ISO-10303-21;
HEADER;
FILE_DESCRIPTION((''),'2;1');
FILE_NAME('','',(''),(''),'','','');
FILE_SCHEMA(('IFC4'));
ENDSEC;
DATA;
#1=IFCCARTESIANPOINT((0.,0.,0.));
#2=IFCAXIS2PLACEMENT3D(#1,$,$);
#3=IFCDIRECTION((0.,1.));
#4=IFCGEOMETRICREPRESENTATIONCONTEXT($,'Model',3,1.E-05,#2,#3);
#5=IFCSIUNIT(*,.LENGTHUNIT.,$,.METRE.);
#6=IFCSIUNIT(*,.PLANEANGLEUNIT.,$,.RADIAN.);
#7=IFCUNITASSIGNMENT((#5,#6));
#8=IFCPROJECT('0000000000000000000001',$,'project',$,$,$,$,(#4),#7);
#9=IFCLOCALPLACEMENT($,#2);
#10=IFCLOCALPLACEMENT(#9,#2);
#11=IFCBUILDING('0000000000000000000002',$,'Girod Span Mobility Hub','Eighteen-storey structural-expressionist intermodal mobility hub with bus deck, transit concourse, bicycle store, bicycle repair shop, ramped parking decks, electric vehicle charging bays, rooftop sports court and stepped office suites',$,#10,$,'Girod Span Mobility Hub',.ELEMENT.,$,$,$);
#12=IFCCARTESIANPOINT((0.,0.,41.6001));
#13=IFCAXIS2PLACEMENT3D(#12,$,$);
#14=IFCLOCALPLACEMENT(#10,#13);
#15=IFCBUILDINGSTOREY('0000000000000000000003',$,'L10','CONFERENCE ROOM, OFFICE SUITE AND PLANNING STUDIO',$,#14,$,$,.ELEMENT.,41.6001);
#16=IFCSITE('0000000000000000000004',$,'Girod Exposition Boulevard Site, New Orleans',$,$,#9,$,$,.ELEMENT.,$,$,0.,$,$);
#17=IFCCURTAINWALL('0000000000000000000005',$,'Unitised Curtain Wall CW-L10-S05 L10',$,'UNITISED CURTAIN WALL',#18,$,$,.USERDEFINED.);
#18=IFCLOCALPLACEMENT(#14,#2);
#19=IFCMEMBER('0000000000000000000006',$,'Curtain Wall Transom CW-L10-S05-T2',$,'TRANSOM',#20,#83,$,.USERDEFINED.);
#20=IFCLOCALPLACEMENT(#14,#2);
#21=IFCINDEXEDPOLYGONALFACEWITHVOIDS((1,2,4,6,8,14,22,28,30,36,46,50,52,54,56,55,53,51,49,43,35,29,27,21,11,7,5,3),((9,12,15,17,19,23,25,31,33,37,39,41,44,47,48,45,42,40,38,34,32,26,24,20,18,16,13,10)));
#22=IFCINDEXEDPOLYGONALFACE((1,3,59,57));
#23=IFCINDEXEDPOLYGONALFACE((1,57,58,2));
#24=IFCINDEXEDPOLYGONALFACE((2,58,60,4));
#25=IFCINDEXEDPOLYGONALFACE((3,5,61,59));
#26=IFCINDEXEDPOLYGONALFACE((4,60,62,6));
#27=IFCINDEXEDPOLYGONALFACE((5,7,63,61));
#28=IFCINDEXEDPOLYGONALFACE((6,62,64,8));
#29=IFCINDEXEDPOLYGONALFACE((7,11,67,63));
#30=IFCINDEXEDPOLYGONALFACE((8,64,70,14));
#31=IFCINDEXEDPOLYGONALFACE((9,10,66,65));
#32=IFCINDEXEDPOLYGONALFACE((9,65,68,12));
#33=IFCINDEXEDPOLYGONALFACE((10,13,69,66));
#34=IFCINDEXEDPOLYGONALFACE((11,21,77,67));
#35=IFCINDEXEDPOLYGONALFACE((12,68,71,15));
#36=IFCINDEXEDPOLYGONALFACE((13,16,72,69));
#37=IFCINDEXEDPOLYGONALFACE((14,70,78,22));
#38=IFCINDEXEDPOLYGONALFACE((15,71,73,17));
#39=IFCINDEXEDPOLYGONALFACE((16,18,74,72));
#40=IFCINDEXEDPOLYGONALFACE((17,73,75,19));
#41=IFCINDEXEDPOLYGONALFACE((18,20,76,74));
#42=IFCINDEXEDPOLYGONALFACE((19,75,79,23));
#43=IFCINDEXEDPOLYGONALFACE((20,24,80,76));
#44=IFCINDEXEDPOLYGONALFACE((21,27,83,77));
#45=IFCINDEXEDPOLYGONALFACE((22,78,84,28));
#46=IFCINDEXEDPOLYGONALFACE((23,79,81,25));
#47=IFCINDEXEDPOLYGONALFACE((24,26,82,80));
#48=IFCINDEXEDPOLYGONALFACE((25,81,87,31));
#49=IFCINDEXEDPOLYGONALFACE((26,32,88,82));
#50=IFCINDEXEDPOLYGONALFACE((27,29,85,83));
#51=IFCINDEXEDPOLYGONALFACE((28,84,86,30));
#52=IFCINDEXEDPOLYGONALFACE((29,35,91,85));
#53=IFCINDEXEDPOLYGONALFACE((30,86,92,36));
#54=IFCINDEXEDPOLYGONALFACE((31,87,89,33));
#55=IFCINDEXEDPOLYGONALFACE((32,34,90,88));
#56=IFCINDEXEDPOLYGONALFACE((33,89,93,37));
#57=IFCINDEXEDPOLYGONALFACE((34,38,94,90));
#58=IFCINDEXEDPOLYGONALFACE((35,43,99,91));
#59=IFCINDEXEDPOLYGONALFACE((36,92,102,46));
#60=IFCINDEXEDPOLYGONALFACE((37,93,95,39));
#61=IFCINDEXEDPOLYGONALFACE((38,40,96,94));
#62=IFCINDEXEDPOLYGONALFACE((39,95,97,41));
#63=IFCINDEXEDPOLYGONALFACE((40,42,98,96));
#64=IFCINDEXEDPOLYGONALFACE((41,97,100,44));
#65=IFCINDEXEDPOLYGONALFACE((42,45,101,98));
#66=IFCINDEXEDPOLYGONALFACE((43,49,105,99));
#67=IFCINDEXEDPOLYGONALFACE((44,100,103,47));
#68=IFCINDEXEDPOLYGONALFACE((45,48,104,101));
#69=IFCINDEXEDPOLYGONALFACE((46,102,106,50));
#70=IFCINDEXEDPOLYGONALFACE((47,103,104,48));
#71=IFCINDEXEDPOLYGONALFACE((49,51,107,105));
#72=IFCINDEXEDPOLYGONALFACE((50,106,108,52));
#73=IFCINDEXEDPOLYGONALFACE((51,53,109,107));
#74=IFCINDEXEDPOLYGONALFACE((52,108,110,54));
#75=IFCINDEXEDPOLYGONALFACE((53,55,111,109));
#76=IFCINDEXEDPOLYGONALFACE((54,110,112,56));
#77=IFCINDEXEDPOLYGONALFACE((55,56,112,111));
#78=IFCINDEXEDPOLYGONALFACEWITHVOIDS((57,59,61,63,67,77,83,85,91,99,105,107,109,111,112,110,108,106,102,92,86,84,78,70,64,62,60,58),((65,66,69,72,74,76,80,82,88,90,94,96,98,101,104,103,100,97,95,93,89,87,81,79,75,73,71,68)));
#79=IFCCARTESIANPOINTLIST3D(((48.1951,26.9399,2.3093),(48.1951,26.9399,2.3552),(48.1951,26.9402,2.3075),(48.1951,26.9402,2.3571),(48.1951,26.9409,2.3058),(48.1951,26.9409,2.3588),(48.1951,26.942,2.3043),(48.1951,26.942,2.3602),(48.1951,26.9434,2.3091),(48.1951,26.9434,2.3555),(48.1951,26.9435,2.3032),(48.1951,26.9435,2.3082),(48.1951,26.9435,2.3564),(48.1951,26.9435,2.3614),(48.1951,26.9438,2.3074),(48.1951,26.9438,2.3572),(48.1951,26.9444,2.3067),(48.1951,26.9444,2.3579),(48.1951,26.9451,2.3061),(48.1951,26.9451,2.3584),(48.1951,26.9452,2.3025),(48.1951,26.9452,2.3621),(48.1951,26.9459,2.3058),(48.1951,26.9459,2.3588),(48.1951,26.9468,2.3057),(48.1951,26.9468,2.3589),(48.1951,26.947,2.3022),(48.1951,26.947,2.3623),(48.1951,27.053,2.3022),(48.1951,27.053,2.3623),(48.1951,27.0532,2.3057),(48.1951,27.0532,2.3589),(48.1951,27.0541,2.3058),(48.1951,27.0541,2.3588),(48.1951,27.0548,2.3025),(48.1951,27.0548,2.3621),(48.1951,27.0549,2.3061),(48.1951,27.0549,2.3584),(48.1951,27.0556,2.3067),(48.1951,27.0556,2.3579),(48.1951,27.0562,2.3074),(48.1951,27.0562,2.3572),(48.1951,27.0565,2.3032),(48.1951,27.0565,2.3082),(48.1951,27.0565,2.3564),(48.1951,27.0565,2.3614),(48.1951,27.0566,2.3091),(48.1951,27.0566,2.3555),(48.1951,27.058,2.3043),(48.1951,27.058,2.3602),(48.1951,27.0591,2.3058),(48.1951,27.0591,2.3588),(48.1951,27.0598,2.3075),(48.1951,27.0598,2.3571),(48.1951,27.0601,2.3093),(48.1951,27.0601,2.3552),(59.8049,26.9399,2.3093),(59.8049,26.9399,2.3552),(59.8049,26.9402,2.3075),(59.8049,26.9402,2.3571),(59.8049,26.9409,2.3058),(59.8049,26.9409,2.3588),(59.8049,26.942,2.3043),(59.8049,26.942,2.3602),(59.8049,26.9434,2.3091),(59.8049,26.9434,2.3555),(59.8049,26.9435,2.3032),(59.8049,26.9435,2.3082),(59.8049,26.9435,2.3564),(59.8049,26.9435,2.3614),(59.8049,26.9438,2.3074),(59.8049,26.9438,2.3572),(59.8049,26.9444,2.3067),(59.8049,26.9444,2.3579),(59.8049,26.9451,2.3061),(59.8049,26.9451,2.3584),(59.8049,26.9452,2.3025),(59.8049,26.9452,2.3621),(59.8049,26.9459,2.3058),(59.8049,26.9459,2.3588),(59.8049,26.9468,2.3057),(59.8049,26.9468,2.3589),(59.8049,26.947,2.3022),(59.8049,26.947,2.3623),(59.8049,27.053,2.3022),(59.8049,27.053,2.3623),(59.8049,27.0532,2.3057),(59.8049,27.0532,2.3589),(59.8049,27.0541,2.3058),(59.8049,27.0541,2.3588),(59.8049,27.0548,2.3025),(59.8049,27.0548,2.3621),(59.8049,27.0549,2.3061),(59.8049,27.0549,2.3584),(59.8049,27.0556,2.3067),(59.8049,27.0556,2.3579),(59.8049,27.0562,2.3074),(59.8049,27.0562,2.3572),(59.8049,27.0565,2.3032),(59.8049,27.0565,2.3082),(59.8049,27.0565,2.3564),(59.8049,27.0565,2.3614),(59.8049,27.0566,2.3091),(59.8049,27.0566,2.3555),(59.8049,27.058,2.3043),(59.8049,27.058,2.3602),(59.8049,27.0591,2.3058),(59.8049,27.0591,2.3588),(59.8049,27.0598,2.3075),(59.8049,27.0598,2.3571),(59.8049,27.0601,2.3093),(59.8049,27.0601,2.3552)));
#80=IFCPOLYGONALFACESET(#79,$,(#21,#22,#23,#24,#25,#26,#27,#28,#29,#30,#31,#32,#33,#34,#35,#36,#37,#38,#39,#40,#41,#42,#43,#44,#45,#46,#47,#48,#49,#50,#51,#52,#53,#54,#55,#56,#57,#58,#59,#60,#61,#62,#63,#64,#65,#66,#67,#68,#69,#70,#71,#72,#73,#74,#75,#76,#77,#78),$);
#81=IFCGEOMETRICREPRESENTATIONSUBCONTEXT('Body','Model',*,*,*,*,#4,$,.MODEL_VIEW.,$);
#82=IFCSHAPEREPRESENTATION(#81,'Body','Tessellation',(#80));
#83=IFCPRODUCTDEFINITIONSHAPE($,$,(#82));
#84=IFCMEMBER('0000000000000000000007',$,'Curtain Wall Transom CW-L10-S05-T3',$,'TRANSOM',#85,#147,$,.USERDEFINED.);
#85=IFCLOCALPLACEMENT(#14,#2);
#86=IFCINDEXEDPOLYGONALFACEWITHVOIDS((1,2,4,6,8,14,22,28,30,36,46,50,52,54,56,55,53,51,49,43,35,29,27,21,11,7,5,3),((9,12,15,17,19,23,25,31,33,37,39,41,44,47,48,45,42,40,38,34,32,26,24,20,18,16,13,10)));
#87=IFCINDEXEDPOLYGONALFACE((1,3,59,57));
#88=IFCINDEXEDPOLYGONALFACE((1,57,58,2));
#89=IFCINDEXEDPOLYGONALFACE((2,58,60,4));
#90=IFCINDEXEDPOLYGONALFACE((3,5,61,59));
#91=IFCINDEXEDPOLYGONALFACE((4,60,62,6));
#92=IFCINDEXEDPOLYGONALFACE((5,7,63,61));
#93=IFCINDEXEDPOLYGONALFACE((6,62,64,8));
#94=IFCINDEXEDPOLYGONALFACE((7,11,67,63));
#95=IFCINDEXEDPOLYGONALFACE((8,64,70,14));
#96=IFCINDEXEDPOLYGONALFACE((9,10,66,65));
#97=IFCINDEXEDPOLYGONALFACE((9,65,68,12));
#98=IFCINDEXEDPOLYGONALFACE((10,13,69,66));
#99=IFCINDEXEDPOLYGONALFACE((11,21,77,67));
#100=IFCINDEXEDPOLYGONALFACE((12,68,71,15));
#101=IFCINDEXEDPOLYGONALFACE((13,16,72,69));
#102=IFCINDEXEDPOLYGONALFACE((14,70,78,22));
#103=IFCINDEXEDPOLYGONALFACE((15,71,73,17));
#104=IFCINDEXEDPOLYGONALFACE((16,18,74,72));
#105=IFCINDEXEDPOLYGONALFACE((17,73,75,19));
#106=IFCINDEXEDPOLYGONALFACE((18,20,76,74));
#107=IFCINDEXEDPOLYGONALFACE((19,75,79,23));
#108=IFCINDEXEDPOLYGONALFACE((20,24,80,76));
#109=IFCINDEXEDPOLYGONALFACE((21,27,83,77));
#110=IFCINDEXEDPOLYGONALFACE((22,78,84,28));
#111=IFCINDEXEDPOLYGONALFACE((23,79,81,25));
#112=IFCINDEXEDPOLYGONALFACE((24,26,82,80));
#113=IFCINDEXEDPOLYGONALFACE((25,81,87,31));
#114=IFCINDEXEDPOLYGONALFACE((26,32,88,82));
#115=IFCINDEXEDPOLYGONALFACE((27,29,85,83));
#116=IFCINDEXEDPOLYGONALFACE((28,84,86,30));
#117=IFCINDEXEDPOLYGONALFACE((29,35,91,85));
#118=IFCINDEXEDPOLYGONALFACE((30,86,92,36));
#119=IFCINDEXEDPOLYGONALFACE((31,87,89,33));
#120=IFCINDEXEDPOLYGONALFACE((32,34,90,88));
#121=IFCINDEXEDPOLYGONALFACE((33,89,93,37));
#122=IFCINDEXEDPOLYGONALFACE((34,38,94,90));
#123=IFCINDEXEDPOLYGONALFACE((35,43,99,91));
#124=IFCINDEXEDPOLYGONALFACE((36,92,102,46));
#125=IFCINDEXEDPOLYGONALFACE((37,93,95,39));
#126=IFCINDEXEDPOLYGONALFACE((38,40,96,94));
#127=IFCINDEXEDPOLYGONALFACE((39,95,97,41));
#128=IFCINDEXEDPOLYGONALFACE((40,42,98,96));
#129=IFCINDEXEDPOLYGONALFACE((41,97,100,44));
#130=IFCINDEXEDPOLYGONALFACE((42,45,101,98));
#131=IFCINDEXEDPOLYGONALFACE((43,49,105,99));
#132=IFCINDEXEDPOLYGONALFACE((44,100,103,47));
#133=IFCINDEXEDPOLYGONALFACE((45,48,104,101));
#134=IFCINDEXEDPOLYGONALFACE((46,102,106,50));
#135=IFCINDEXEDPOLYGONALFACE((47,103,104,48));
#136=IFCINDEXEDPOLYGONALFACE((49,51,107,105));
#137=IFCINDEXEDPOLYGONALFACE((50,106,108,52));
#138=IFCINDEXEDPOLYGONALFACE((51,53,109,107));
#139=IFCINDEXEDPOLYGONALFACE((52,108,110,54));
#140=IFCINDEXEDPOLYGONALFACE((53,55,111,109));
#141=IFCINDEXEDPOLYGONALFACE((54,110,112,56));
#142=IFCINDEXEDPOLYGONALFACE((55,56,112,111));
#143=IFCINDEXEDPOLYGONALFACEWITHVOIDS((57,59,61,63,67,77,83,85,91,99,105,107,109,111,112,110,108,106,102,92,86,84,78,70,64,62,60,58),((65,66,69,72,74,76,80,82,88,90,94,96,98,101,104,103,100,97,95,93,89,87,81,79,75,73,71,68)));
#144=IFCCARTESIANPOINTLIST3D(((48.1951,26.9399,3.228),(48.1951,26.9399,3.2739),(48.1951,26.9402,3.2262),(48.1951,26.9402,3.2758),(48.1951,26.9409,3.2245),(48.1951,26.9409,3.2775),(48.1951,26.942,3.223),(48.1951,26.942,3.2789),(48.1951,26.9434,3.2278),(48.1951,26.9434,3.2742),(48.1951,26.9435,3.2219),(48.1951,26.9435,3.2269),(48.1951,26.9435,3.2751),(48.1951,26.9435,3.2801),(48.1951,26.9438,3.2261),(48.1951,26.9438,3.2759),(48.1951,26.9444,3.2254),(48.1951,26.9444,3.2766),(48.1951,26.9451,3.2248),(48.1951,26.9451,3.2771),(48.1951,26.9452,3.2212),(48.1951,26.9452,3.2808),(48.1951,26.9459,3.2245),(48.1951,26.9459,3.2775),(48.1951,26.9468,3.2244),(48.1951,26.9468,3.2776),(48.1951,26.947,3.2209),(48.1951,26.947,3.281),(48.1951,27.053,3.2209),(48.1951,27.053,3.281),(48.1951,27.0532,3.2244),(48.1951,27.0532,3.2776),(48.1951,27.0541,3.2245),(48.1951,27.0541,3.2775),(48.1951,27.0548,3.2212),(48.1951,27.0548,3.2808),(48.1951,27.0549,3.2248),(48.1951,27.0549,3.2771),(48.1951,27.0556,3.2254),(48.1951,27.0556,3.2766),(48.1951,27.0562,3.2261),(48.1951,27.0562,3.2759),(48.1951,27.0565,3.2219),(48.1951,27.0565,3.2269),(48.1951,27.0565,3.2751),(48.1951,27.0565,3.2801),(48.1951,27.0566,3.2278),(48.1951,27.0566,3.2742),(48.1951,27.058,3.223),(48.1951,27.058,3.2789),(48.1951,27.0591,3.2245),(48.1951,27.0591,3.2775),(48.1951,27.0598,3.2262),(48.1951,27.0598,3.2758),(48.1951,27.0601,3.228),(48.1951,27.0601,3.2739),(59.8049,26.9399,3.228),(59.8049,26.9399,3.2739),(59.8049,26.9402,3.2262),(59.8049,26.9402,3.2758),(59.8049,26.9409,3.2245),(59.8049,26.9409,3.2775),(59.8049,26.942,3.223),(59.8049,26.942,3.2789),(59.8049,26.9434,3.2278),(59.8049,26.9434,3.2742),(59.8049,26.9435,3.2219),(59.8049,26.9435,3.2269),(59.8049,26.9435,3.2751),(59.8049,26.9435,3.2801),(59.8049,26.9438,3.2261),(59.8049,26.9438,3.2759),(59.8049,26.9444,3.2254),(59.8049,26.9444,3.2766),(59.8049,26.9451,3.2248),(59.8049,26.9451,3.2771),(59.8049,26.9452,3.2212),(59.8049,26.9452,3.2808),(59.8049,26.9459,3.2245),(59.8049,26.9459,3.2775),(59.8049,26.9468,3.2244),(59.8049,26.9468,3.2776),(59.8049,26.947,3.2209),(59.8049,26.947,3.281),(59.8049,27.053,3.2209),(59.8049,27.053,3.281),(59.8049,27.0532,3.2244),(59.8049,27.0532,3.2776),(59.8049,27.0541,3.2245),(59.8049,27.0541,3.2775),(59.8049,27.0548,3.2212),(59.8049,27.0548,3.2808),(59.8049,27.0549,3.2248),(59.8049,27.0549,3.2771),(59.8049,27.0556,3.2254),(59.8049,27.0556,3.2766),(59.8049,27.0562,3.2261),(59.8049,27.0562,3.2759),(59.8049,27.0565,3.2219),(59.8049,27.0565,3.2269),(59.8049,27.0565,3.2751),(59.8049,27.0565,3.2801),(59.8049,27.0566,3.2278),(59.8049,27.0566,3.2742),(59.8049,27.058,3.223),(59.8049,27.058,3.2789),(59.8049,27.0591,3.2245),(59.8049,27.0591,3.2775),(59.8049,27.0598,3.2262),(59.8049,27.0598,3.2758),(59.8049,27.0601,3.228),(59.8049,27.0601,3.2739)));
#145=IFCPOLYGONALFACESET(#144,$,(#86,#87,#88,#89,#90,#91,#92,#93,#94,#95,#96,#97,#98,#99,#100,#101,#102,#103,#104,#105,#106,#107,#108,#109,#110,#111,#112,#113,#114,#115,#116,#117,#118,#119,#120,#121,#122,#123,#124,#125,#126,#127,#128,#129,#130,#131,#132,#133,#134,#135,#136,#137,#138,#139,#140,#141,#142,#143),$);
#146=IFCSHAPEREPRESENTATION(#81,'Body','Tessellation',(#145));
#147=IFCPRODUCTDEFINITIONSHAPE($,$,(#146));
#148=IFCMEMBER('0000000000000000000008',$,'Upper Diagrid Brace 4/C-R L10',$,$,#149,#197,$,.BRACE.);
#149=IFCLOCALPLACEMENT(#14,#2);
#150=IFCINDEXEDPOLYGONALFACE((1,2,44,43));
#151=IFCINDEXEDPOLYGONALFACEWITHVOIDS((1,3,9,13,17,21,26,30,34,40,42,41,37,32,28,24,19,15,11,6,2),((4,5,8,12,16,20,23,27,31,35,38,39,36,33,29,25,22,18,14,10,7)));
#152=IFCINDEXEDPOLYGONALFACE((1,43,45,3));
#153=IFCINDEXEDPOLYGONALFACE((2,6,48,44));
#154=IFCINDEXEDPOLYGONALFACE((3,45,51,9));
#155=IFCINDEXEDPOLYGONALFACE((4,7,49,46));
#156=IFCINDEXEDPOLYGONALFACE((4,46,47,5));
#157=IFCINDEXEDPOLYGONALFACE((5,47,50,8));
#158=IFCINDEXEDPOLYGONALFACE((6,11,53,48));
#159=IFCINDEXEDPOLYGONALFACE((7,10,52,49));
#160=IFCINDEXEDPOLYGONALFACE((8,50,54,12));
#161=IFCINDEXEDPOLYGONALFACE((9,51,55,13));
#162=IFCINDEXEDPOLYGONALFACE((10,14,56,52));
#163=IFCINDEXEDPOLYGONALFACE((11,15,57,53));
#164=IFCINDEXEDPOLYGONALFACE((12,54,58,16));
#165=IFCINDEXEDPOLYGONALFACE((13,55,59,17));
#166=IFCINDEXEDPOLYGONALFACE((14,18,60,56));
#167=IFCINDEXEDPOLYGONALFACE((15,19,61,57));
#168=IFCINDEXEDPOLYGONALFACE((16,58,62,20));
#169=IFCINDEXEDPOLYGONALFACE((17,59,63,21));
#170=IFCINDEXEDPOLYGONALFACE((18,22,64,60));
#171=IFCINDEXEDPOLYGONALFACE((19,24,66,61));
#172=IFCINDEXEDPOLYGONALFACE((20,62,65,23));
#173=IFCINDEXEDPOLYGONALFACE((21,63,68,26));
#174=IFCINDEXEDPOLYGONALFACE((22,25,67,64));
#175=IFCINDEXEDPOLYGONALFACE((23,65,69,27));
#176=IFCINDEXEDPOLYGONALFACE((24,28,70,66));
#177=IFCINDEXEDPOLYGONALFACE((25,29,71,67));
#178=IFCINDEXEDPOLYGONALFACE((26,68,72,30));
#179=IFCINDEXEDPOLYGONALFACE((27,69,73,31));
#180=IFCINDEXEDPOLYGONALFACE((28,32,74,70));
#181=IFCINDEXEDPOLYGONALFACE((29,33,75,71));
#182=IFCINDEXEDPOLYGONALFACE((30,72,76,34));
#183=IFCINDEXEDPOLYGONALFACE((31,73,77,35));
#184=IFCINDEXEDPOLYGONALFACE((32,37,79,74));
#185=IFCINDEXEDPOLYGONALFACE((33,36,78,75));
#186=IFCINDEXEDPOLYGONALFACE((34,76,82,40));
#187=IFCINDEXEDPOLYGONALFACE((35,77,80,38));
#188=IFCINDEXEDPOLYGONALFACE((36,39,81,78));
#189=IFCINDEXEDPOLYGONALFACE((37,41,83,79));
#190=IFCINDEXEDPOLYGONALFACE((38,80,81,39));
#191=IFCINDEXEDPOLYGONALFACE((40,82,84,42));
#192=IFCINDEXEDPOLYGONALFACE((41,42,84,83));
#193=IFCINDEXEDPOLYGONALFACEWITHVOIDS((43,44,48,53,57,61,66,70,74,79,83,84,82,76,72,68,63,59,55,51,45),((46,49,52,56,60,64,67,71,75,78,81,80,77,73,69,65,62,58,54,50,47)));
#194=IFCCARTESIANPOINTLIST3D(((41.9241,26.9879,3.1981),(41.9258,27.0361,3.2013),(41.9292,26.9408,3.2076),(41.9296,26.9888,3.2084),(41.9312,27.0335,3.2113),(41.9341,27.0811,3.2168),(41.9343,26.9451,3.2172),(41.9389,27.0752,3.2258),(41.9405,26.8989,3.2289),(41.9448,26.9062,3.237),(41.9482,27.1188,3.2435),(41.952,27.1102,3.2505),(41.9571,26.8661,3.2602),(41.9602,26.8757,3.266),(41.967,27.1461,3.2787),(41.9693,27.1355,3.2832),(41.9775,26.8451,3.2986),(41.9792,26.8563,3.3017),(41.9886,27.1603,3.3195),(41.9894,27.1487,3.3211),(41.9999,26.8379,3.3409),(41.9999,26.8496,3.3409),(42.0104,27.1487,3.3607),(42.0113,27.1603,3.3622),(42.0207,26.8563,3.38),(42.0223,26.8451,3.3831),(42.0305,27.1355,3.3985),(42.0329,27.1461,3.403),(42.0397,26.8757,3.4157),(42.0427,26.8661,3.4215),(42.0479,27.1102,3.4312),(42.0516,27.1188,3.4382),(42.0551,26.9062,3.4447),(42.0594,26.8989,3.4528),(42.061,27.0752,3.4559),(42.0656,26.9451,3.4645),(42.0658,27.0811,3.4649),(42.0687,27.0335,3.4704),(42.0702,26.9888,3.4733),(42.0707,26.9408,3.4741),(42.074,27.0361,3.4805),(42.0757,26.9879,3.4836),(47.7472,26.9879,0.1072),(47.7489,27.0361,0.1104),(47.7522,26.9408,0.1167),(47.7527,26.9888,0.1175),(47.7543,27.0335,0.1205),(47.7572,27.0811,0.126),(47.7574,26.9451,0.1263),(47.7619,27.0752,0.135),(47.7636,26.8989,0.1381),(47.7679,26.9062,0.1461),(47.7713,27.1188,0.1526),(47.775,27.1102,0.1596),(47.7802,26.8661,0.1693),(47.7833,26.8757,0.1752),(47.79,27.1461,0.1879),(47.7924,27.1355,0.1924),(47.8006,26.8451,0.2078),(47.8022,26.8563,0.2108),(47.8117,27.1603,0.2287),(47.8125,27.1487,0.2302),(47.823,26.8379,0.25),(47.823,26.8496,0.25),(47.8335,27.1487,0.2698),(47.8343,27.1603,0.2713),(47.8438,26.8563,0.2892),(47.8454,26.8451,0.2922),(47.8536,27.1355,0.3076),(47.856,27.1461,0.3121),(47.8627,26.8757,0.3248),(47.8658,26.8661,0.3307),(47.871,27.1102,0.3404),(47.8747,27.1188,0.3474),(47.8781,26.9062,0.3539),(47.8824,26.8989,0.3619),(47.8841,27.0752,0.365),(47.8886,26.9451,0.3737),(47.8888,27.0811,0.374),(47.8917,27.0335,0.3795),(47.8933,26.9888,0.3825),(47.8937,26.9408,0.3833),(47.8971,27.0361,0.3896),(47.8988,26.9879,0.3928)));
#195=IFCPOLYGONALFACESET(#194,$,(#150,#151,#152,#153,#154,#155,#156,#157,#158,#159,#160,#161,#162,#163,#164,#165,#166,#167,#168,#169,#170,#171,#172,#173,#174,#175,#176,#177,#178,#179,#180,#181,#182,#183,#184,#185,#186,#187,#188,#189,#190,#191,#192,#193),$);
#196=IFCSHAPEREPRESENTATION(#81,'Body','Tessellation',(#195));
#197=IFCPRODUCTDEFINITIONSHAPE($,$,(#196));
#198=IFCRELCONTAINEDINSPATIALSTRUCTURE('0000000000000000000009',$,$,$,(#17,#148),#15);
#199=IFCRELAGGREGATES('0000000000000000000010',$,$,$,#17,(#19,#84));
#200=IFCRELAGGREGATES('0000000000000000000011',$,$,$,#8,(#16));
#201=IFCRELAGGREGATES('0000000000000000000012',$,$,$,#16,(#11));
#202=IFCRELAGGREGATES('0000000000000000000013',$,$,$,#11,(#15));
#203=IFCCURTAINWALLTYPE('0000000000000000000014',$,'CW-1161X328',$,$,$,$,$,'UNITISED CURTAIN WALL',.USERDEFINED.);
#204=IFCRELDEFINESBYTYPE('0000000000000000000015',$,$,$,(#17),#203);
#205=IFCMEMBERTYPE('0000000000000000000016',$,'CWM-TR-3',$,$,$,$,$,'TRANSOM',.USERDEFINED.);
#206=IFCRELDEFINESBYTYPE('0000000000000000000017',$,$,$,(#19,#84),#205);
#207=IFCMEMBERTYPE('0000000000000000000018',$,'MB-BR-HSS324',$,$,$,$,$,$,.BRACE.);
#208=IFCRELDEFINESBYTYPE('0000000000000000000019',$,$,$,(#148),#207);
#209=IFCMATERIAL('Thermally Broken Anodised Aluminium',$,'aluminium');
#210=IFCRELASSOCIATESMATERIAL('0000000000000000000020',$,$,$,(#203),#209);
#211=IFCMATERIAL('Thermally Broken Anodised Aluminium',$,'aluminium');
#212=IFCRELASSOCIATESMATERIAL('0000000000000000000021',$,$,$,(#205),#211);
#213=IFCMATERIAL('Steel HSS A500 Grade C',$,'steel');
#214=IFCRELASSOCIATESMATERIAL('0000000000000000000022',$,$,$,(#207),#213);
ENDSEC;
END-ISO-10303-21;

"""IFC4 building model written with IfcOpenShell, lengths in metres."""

from ifc_helpers import new_model, si_unit, direction, frame, origin, origin_2d, place, context, subcontext, project, spatial, hollow_rectangle, hollow_circle, extrude, material, material_profile, profile_set, type_object, element, aggregate, save


model = new_model("IFC4")

# Units and contexts
model_context = context("Model", 3, precision=1e-05, world=origin(), true_north=direction((0.0, 1.0)))
body_context = subcontext(model_context, "Body", "Model", "MODEL_VIEW")
ifc_project = project(units=[si_unit("LENGTHUNIT", "METRE"), si_unit("PLANEANGLEUNIT", "RADIAN")], contexts=[model_context])

# Site, building, storey
site_placement = place(None, origin())
site = spatial("IfcSite", under=ifc_project, at=site_placement, Name="Girod Exposition Boulevard Site, New Orleans", CompositionType="ELEMENT", RefElevation=0.0)
building_placement = place(site_placement, origin())
building = spatial("IfcBuilding", under=site, at=building_placement, Name="Girod Span Mobility Hub", Description="Eighteen-storey structural-expressionist intermodal mobility hub with bus deck, transit concourse, bicycle store, bicycle repair shop, ramped parking decks, electric vehicle charging bays, rooftop sports court and stepped office suites", LongName="Girod Span Mobility Hub", CompositionType="ELEMENT")
storey_placement = place(building_placement, frame((0.0, 0.0, 41.6001)))
storey = spatial("IfcBuildingStorey", under=building, at=storey_placement, Name="L10", Description="CONFERENCE ROOM, OFFICE SUITE AND PLANNING STUDIO", CompositionType="ELEMENT", Elevation=41.6001)

# Curtain wall, members
ifc_material_1 = material(Name="Thermally Broken Anodised Aluminium", Category="aluminium")
curtain_wall_type = type_object("IfcCurtainWallType", Name="CW-1161X328", ElementType="UNITISED CURTAIN WALL", PredefinedType="USERDEFINED", material=ifc_material_1)
curtain_wall_1_placement = place(storey_placement, origin())
curtain_wall_1 = element("IfcCurtainWall", 1, at=curtain_wall_1_placement, inside=storey, type_object=curtain_wall_type, Name="Unitised Curtain Wall CW-L10-S05 L10", ObjectType="UNITISED CURTAIN WALL", PredefinedType="USERDEFINED")
ifc_material_2 = material(Name="Thermally Broken Anodised Aluminium", Category="aluminium")
ifc_material_profile_1 = material_profile(ifc_material_2, hollow_rectangle(XDim=0.1201, YDim=0.0601, WallThickness=0.0034, InnerFilletRadius=0.0034, OuterFilletRadius=0.0071, at=origin_2d()), Name="CW-TR-60X120")
ifc_profile_set_1 = profile_set([ifc_material_profile_1], Name="Thermally Broken Anodised Aluminium")
member_type_1 = type_object("IfcMemberType", Name="CWM-TR-3", ElementType="TRANSOM", PredefinedType="USERDEFINED", material=ifc_profile_set_1)
member_1_placement = place(storey_placement, frame((48.1951, 27.0, 2.3323), z_axis=(1.0, 0.0, 0.0), x_axis=(0.0, 1.0, 0.0)))
member_1 = element("IfcMember", 2, at=member_1_placement, type_object=member_type_1, Name="Curtain Wall Transom CW-L10-S05-T2", ObjectType="TRANSOM", PredefinedType="USERDEFINED", context=body_context, shape_type="SweptSolid", body=[
    extrude(hollow_rectangle(XDim=0.1201, YDim=0.0601, WallThickness=0.0034, InnerFilletRadius=0.0034, OuterFilletRadius=0.0071, at=origin_2d()), origin(), (0.0, 0.0, 1.0), 11.6099),
])
member_2_placement = place(storey_placement, frame((48.1951, 27.0, 3.251), z_axis=(1.0, 0.0, 0.0), x_axis=(0.0, 1.0, 0.0)))
member_2 = element("IfcMember", 3, at=member_2_placement, type_object=member_type_1, Name="Curtain Wall Transom CW-L10-S05-T3", ObjectType="TRANSOM", PredefinedType="USERDEFINED", context=body_context, shape_type="SweptSolid", body=[
    extrude(hollow_rectangle(XDim=0.1201, YDim=0.0601, WallThickness=0.0034, InnerFilletRadius=0.0034, OuterFilletRadius=0.0071, at=origin_2d()), origin(), (0.0, 0.0, 1.0), 11.6099),
])

# Member
ifc_material_3 = material(Name="Steel HSS A500 Grade C", Category="steel")
ifc_material_profile_2 = material_profile(ifc_material_3, hollow_circle(Radius=0.1621, WallThickness=0.0117, at=origin_2d()), Name="HSS324X12.7")
ifc_profile_set_2 = profile_set([ifc_material_profile_2], Name="Steel HSS A500 Grade C")
member_type_2 = type_object("IfcMemberType", Name="MB-BR-HSS324", PredefinedType="BRACE", material=ifc_profile_set_2)
member_3_placement = place(storey_placement, frame((47.823, 27.0, 0.25), z_axis=(-0.883282, 0.0, 0.468842), x_axis=(0.0, -1.0, 0.0)))
element("IfcMember", 4, at=member_3_placement, inside=storey, type_object=member_type_2, Name="Upper Diagrid Brace 4/C-R L10", PredefinedType="BRACE", context=body_context, shape_type="SweptSolid", body=[
    extrude(hollow_circle(Radius=0.1621, WallThickness=0.0117, at=origin_2d()), origin(), (0.0, 0.0, 1.0), 6.5925),
])

aggregate(curtain_wall_1, [member_1, member_2])

save(model, "model.ifc")
